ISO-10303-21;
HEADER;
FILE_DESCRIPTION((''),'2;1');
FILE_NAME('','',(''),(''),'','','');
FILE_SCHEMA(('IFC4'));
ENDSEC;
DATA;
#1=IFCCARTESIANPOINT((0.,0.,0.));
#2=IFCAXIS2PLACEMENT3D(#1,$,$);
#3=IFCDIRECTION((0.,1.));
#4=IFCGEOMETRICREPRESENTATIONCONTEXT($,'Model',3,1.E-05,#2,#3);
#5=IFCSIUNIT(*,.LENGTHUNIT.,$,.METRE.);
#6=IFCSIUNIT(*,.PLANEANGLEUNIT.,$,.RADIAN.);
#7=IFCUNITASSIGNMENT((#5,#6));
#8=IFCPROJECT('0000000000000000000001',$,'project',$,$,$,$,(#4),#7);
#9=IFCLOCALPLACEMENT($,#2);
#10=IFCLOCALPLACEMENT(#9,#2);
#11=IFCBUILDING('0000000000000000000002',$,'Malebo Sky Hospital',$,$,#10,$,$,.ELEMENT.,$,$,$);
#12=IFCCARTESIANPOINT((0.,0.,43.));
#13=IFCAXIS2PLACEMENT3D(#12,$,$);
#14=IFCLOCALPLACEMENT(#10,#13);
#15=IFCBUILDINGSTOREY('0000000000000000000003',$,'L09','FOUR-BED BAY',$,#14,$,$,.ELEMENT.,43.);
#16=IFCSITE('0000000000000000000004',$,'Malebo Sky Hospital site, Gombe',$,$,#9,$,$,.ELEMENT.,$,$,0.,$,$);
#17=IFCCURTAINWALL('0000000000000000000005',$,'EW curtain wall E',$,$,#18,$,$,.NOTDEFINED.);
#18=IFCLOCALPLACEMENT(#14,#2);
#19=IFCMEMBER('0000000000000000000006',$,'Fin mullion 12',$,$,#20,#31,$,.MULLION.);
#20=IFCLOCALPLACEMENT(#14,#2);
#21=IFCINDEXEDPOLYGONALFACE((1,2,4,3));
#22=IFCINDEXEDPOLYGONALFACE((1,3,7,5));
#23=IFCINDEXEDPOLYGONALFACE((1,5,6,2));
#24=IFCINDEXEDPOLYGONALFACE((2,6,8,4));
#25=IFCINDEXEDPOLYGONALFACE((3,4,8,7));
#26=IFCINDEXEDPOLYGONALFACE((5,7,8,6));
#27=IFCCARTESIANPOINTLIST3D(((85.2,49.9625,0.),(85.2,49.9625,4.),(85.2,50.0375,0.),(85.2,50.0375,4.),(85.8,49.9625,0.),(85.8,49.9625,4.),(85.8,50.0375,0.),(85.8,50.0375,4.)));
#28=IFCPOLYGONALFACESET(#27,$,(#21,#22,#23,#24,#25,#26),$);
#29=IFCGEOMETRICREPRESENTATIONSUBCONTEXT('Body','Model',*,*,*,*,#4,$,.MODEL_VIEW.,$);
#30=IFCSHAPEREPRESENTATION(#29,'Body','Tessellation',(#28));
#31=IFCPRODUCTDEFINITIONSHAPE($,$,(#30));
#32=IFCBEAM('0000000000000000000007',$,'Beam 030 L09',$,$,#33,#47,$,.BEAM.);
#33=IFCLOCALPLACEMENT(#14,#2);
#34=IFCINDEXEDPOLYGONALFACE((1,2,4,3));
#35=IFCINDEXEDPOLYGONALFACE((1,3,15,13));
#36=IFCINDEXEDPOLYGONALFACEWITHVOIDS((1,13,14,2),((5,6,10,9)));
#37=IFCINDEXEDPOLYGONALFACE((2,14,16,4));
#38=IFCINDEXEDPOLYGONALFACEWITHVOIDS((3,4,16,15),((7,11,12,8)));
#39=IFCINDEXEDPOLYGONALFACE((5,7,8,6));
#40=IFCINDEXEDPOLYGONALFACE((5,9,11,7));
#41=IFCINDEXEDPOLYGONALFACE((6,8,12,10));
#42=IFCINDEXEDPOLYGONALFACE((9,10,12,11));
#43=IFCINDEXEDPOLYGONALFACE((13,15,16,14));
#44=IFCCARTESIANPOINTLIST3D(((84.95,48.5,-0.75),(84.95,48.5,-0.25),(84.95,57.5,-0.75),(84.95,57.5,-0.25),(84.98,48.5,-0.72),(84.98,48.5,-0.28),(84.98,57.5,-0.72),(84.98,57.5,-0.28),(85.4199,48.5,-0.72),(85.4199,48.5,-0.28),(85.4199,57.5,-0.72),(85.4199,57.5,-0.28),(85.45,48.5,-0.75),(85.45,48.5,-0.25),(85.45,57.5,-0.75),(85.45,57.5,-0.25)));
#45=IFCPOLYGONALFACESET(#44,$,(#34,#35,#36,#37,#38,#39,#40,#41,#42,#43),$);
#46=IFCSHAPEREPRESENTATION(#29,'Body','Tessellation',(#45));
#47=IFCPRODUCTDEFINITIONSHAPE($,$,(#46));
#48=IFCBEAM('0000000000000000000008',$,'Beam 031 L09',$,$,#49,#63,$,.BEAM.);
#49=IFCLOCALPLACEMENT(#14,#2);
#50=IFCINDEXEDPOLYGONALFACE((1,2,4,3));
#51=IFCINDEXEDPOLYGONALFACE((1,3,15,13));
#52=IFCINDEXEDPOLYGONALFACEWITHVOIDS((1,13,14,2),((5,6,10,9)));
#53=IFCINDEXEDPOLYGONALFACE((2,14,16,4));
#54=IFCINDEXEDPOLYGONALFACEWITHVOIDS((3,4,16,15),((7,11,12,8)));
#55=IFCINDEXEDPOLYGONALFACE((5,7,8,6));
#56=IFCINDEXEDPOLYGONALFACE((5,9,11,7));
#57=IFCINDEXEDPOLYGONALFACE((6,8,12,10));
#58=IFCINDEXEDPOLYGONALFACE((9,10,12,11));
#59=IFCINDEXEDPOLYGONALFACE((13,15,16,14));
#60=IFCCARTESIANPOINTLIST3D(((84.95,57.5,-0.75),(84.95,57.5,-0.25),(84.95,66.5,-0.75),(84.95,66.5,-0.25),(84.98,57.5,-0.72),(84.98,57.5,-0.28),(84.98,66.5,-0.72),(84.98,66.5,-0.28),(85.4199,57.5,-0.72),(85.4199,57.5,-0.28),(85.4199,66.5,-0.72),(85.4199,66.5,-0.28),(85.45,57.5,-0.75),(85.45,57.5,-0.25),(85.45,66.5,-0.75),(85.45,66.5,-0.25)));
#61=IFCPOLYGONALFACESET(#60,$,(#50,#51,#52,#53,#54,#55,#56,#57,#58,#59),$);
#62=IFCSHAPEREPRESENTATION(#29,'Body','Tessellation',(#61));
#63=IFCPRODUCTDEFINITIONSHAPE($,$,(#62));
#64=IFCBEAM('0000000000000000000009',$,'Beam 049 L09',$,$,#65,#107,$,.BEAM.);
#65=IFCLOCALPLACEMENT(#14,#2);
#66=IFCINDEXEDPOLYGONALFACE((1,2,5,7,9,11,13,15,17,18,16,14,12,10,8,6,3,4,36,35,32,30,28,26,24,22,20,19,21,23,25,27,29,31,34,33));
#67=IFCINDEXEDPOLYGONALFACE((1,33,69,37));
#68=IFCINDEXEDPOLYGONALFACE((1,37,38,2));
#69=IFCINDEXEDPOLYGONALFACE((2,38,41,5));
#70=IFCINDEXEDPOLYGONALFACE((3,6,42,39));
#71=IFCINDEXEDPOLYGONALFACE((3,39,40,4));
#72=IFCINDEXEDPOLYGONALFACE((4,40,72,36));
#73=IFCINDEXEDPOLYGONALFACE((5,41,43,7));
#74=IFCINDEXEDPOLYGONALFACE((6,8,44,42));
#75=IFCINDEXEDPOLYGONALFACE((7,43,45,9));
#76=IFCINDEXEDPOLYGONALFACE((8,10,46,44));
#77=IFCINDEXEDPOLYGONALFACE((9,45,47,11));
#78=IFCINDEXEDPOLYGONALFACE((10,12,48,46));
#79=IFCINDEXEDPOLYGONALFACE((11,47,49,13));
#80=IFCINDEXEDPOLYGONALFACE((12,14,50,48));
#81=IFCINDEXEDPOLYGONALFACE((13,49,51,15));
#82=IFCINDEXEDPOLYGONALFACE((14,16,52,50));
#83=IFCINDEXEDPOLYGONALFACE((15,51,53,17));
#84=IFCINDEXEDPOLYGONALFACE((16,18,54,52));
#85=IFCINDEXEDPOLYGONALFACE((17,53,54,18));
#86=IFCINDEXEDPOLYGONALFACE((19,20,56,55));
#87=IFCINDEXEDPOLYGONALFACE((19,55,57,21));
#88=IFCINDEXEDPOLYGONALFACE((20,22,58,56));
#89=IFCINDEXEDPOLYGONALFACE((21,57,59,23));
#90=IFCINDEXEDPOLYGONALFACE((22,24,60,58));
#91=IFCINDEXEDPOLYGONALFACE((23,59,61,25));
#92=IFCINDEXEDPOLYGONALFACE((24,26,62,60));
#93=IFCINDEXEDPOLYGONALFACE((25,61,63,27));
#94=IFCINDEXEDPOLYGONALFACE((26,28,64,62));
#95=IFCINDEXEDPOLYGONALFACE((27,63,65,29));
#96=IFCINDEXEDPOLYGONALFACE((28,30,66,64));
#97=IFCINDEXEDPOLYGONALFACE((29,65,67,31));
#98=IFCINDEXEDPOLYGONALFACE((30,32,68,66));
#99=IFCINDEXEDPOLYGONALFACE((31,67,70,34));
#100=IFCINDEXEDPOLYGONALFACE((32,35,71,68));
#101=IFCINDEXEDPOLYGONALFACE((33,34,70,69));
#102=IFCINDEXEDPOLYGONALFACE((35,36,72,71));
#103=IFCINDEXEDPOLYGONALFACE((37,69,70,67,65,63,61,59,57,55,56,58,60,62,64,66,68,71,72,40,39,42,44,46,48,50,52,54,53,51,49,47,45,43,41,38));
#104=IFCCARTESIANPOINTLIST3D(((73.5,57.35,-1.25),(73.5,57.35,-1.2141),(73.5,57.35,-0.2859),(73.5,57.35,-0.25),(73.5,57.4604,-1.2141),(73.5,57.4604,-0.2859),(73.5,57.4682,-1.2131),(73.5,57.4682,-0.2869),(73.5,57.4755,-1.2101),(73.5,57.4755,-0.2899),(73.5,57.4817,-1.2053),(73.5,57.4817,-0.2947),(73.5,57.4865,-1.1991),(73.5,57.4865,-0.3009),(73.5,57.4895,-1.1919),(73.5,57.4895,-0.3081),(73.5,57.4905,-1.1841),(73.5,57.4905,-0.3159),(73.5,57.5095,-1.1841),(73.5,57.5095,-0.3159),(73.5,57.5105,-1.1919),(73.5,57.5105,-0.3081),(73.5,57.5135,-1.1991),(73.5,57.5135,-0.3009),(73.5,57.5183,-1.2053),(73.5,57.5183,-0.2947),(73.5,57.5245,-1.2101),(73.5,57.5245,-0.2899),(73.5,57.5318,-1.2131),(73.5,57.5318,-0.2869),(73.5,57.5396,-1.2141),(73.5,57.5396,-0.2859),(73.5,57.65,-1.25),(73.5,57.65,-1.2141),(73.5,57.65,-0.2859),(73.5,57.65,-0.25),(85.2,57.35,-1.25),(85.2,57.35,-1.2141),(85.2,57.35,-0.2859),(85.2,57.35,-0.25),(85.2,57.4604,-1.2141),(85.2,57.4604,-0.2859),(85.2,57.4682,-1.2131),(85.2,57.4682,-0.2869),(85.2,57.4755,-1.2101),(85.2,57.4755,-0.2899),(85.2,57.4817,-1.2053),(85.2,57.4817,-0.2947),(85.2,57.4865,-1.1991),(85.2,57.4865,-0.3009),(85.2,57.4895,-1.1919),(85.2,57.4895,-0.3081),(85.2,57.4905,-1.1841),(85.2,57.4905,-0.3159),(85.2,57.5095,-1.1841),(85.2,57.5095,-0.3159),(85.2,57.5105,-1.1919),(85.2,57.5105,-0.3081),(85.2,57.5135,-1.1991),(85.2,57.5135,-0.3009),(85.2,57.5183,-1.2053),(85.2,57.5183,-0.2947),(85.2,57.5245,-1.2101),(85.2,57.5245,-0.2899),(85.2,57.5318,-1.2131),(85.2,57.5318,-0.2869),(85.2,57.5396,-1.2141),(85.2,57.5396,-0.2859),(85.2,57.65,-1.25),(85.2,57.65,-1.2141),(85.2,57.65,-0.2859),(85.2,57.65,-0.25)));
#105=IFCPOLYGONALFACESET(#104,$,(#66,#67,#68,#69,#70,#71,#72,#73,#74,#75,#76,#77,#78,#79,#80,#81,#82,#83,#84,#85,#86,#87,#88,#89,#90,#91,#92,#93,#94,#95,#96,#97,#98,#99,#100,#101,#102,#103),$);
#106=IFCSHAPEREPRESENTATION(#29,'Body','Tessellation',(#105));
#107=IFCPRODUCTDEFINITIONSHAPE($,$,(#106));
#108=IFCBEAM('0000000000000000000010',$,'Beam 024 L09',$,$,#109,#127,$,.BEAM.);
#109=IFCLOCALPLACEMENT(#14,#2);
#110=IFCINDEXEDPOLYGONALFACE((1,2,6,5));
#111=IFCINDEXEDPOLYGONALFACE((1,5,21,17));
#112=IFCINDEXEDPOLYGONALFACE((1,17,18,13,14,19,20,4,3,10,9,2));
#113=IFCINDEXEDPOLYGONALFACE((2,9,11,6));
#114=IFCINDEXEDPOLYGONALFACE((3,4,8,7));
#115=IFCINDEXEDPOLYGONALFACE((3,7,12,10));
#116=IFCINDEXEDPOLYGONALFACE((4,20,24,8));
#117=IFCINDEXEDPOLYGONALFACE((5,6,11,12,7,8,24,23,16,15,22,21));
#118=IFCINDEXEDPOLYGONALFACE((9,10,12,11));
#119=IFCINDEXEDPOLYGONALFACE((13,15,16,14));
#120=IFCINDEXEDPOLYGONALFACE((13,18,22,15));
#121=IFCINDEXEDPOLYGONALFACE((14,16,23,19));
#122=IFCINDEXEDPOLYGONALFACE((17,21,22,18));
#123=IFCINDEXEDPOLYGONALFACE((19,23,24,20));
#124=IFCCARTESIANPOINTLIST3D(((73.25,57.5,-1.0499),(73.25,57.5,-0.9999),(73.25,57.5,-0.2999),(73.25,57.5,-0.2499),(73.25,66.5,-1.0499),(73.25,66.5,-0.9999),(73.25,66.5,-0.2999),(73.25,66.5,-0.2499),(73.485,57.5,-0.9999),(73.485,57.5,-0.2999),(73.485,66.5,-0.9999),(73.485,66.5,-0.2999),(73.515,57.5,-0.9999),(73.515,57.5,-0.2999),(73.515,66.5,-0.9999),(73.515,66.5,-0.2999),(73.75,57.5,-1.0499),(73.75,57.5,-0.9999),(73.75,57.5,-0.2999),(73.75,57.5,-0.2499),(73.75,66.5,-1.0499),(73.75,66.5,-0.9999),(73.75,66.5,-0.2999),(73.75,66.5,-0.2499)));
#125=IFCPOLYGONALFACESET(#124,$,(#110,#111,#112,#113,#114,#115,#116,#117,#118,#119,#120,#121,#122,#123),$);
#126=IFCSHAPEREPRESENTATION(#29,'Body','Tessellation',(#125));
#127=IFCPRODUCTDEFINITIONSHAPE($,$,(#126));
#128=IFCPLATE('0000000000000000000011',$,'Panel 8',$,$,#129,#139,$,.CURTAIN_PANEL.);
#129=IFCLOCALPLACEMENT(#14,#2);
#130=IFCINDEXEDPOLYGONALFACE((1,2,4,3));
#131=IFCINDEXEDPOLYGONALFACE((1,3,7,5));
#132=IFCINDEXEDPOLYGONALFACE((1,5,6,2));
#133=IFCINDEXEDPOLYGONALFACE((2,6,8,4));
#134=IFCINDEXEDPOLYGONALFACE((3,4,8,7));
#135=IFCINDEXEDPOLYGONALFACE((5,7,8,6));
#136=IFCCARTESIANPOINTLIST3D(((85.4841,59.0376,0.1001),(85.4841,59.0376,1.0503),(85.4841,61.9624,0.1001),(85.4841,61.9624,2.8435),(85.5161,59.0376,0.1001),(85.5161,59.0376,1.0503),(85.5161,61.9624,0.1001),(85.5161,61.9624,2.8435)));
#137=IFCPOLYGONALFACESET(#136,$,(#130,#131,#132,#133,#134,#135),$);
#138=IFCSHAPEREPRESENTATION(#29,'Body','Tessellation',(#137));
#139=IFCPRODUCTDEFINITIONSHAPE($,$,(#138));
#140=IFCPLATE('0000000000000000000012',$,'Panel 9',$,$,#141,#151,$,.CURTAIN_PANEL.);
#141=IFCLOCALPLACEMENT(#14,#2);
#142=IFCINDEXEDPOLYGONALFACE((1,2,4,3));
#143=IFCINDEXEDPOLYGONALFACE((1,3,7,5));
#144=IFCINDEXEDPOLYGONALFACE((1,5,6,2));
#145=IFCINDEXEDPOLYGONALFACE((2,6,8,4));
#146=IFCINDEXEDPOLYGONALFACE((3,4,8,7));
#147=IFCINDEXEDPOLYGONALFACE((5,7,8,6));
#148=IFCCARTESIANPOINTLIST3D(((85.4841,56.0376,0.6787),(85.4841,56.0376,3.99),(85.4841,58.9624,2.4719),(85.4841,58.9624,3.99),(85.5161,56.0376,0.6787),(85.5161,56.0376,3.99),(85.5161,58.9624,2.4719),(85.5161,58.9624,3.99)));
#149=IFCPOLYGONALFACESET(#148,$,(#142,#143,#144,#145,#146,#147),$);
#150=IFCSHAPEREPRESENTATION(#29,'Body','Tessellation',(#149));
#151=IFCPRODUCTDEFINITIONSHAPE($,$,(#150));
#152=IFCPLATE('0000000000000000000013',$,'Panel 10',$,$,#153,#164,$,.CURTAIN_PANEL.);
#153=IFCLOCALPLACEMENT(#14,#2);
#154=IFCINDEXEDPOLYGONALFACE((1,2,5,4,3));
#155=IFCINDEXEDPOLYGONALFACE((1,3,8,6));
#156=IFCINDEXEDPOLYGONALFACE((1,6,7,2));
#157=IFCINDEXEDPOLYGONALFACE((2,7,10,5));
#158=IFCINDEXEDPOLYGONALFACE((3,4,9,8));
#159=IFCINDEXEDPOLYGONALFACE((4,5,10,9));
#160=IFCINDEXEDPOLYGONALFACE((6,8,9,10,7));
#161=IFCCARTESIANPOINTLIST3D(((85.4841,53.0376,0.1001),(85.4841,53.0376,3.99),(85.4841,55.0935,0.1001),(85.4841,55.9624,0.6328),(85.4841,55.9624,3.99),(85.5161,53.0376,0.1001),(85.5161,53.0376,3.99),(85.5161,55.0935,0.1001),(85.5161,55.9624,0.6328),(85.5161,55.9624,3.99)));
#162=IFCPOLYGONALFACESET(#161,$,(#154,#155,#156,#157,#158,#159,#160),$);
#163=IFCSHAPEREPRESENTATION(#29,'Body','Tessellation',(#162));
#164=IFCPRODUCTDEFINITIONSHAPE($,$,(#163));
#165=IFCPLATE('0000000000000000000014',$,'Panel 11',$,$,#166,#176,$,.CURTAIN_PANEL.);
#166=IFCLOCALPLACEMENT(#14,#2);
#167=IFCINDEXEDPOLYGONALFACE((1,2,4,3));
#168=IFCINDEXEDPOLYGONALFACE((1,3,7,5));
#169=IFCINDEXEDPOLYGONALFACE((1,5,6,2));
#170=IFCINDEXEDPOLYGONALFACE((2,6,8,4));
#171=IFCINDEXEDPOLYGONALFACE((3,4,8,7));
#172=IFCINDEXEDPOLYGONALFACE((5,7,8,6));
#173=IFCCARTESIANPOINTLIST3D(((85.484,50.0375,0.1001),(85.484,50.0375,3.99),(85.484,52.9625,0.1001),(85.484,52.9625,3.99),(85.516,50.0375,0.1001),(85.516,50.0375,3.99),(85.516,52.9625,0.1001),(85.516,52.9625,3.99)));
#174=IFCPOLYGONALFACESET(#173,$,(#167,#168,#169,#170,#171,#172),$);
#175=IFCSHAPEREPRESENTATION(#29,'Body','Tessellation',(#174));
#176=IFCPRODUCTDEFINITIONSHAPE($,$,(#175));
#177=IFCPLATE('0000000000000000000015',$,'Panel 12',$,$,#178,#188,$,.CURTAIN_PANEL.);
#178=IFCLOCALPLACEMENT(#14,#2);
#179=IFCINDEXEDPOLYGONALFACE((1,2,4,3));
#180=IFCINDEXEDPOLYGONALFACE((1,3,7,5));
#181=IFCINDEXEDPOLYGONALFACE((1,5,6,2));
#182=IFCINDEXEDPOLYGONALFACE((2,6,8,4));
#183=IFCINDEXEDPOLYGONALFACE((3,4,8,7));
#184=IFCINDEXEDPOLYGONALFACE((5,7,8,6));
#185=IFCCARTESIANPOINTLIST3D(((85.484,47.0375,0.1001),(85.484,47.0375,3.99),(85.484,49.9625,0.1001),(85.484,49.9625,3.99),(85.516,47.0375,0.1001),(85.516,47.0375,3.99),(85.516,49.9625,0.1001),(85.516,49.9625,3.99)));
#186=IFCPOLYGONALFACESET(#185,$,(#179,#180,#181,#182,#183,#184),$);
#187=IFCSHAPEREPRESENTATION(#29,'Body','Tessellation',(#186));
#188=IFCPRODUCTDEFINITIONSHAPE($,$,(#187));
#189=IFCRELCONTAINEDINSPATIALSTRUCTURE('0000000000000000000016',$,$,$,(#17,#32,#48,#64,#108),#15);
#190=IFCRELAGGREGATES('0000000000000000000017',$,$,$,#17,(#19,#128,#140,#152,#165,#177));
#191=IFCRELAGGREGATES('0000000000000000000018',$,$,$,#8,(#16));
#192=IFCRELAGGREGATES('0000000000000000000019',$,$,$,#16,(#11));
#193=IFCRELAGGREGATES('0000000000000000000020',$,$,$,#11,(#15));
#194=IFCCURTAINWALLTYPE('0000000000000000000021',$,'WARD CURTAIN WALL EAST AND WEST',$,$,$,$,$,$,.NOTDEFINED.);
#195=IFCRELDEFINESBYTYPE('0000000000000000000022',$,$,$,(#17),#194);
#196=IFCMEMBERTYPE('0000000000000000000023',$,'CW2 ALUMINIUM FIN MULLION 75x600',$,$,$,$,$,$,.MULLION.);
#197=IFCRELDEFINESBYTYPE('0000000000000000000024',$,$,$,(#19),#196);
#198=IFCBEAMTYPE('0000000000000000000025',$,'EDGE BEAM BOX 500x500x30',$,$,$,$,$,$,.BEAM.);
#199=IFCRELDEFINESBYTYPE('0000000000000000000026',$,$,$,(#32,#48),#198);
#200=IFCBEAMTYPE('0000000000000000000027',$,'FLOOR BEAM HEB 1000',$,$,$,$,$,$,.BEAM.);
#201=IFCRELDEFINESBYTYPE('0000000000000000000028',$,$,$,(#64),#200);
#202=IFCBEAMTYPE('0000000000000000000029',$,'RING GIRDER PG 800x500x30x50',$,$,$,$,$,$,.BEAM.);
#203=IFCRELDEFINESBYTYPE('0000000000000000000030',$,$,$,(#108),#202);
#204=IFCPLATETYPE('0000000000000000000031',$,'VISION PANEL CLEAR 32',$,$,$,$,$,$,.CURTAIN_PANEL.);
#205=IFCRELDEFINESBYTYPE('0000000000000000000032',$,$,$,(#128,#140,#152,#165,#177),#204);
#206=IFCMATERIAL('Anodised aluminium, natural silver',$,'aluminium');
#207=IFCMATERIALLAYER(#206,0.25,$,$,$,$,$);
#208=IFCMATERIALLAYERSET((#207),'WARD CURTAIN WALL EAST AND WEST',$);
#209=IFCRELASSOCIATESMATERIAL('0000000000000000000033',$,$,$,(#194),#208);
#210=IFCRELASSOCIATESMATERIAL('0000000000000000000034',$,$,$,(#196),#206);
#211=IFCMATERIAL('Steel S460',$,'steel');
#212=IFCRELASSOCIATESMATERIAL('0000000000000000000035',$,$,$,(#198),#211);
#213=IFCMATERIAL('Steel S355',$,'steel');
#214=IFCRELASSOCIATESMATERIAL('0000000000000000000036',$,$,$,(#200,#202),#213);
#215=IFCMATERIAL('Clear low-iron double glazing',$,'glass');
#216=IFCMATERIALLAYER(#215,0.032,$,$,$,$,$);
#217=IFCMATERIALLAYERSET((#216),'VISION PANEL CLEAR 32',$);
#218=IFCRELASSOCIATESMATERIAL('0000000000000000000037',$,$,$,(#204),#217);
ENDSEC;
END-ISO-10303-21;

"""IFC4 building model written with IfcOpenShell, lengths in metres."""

from ifc_helpers import new_model, si_unit, direction, frame, origin, origin_2d, place, context, subcontext, project, spatial, polyline, rectangle, hollow_rectangle, i_section, outline, extrude, material, layer, layer_set, material_profile, profile_set, type_object, element, aggregate, save


model = new_model("IFC4")

# Units and contexts
model_context = context("Model", 3, precision=1e-05, world=origin(), true_north=direction((0.0, 1.0)))
body_context = subcontext(model_context, "Body", "Model", "MODEL_VIEW")
ifc_project = project(units=[si_unit("LENGTHUNIT", "METRE"), si_unit("PLANEANGLEUNIT", "RADIAN")], contexts=[model_context])

# Site, building, storey
site_placement = place(None, origin())
site = spatial("IfcSite", under=ifc_project, at=site_placement, Name="Malebo Sky Hospital site, Gombe", CompositionType="ELEMENT", RefElevation=0.0)
building_placement = place(site_placement, origin())
building = spatial("IfcBuilding", under=site, at=building_placement, Name="Malebo Sky Hospital", CompositionType="ELEMENT")
storey_placement = place(building_placement, frame((0.0, 0.0, 43.0)))
storey = spatial("IfcBuildingStorey", under=building, at=storey_placement, Name="L09", Description="FOUR-BED BAY", CompositionType="ELEMENT", Elevation=43.0)

# Shared definitions
ifc_material_1 = material(Name="Steel S460", Category="steel")

# Curtain wall
ifc_material_2 = material(Name="Anodised aluminium, natural silver", Category="aluminium")
ifc_layer_1 = layer(ifc_material_2, 0.25)
ifc_layer_set_1 = layer_set([ifc_layer_1], Name="WARD CURTAIN WALL EAST AND WEST")
curtain_wall_type = type_object("IfcCurtainWallType", Name="WARD CURTAIN WALL EAST AND WEST", PredefinedType="NOTDEFINED", material=ifc_layer_set_1)
curtain_wall_placement = place(storey_placement, origin())
curtain_wall = element("IfcCurtainWall", 1, at=curtain_wall_placement, inside=storey, type_object=curtain_wall_type, Name="EW curtain wall E", PredefinedType="NOTDEFINED")

# Member
ifc_material_3 = material(Name="Steel S355", Category="steel")
ifc_material_profile_1 = material_profile(ifc_material_2, rectangle(XDim=0.075, YDim=0.6001, at=origin_2d()), Name="CW2 ALUMINIUM FIN MULLION 75x600")
ifc_profile_set_1 = profile_set([ifc_material_profile_1], Name="Anodised aluminium, natural silver")
member_type_1 = type_object("IfcMemberType", Name="CW2 ALUMINIUM FIN MULLION 75x600", PredefinedType="MULLION", material=ifc_profile_set_1)
member_1_placement = place(storey_placement, frame((85.5, 50.0, 0.0), z_axis=(0.0, 0.0, 1.0), x_axis=(0.0, -1.0, 0.0)))
member_1 = element("IfcMember", 2, at=member_1_placement, type_object=member_type_1, Name="Fin mullion 12", PredefinedType="MULLION", context=body_context, shape_type="SweptSolid", body=[
    extrude(rectangle(XDim=0.075, YDim=0.6001, at=origin_2d()), origin(), (0.0, 0.0, 1.0), 4.0),
])

# Beams
ifc_material_profile_2 = material_profile(ifc_material_1, hollow_rectangle(XDim=0.5, YDim=0.5, WallThickness=0.03, at=origin_2d()), Name="BOX 500x500x30")
ifc_profile_set_2 = profile_set([ifc_material_profile_2], Name="Steel S460")
beam_type_1 = type_object("IfcBeamType", Name="EDGE BEAM BOX 500x500x30", PredefinedType="BEAM", material=ifc_profile_set_2)
for number, where, z_axis, x_axis, name in (
    (3, (85.2, 48.5, -0.5), (0.0, 1.0, 0.0), (-1.0, 0.0, 0.0), "Beam 030 L09"),
    (4, (85.2, 57.5, -0.5), (0.0, 1.0, 0.0), (-1.0, 0.0, 0.0), "Beam 031 L09"),
):
    element("IfcBeam", number, at=place(storey_placement, frame(where, z_axis=z_axis, x_axis=x_axis)), inside=storey, type_object=beam_type_1, Name=name, PredefinedType="BEAM", context=body_context, shape_type="SweptSolid", body=[
        extrude(hollow_rectangle(XDim=0.5, YDim=0.5, WallThickness=0.03, at=origin_2d()), origin(), (0.0, 0.0, 1.0), 9.0),
    ])
ifc_material_profile_3 = material_profile(ifc_material_3, i_section(OverallWidth=0.3, OverallDepth=1.0, WebThickness=0.019, FlangeThickness=0.0359, FilletRadius=0.03, at=origin_2d()), Name="HEB 1000")
ifc_profile_set_3 = profile_set([ifc_material_profile_3], Name="Steel S355")
beam_type_2 = type_object("IfcBeamType", Name="FLOOR BEAM HEB 1000", PredefinedType="BEAM", material=ifc_profile_set_3)
beam_1_placement = place(storey_placement, frame((73.5, 57.5, -0.75), z_axis=(1.0, 0.0, 0.0), x_axis=(0.0, 1.0, 0.0)))
element("IfcBeam", 5, at=beam_1_placement, inside=storey, type_object=beam_type_2, Name="Beam 049 L09", PredefinedType="BEAM", context=body_context, shape_type="SweptSolid", body=[
    extrude(i_section(OverallWidth=0.3, OverallDepth=1.0, WebThickness=0.019, FlangeThickness=0.0359, FilletRadius=0.03, at=origin_2d()), origin(), (0.0, 0.0, 1.0), 11.7),
])
ifc_material_profile_4 = material_profile(ifc_material_3, i_section(OverallWidth=0.5, OverallDepth=0.8, WebThickness=0.03, FlangeThickness=0.05, at=origin_2d()), Name="PG 800x500x30x50")
ifc_profile_set_4 = profile_set([ifc_material_profile_4], Name="Steel S355")
beam_type_3 = type_object("IfcBeamType", Name="RING GIRDER PG 800x500x30x50", PredefinedType="BEAM", material=ifc_profile_set_4)
beam_2_placement = place(storey_placement, frame((73.5, 57.5, -0.6499), z_axis=(0.0, 1.0, 0.0), x_axis=(-1.0, 0.0, 0.0)))
element("IfcBeam", 6, at=beam_2_placement, inside=storey, type_object=beam_type_3, Name="Beam 024 L09", PredefinedType="BEAM", context=body_context, shape_type="SweptSolid", body=[
    extrude(i_section(OverallWidth=0.5, OverallDepth=0.8, WebThickness=0.03, FlangeThickness=0.05, at=origin_2d()), origin(), (0.0, 0.0, 1.0), 9.0),
])

# Plates
ifc_material_4 = material(Name="Clear low-iron double glazing", Category="glass")
ifc_layer_2 = layer(ifc_material_4, 0.032)
ifc_layer_set_2 = layer_set([ifc_layer_2], Name="VISION PANEL CLEAR 32")
plate_type = type_object("IfcPlateType", Name="VISION PANEL CLEAR 32", PredefinedType="CURTAIN_PANEL", material=ifc_layer_set_2)
plate_1_placement = place(storey_placement, frame((85.5, 60.5, 0.1001), z_axis=(0.0, 0.0, 1.0), x_axis=(0.0, -1.0, 0.0)))
plate_1 = element("IfcPlate", 7, at=plate_1_placement, type_object=plate_type, Name="Panel 8", PredefinedType="CURTAIN_PANEL", context=body_context, shape_type="SweptSolid", body=[
    extrude(outline(polyline([(-1.4624, 0.0), (1.4624, 0.0), (1.4624, 0.9502), (-1.4624, 2.7434), (-1.4624, 0.0)])), frame((0.0, 0.0161, 0.0), z_axis=(0.0, -1.0, 0.0), x_axis=(1.0, 0.0, 0.0)), (0.0, 0.0, 1.0), 0.032),
])
plate_2_placement = place(storey_placement, frame((85.5, 57.5, 0.6787), z_axis=(0.0, 0.0, 1.0), x_axis=(0.0, -1.0, 0.0)))
plate_2 = element("IfcPlate", 8, at=plate_2_placement, type_object=plate_type, Name="Panel 9", PredefinedType="CURTAIN_PANEL", context=body_context, shape_type="SweptSolid", body=[
    extrude(outline(polyline([(1.4624, 0.0), (1.4624, 3.3113), (-1.4624, 3.3113), (-1.4624, 1.7932), (1.4624, 0.0)])), frame((0.0, 0.0161, 0.0), z_axis=(0.0, -1.0, 0.0), x_axis=(1.0, 0.0, 0.0)), (0.0, 0.0, 1.0), 0.032),
])
plate_3_placement = place(storey_placement, frame((85.5, 54.5, 0.1001), z_axis=(0.0, 0.0, 1.0), x_axis=(0.0, -1.0, 0.0)))
plate_3 = element("IfcPlate", 9, at=plate_3_placement, type_object=plate_type, Name="Panel 10", PredefinedType="CURTAIN_PANEL", context=body_context, shape_type="SweptSolid", body=[
    extrude(outline(polyline([(-0.5935, 0.0), (1.4624, 0.0), (1.4624, 3.8899), (-1.4624, 3.8899), (-1.4624, 0.5327), (-0.5935, 0.0)])), frame((0.0, 0.0161, 0.0), z_axis=(0.0, -1.0, 0.0), x_axis=(1.0, 0.0, 0.0)), (0.0, 0.0, 1.0), 0.032),
])
plate_4_placement = place(storey_placement, frame((85.5, 51.5, 0.1001), z_axis=(0.0, 0.0, 1.0), x_axis=(0.0, -1.0, 0.0)))
plate_4 = element("IfcPlate", 10, at=plate_4_placement, type_object=plate_type, Name="Panel 11", PredefinedType="CURTAIN_PANEL", context=body_context, shape_type="SweptSolid", body=[
    extrude(rectangle(XDim=2.925, YDim=0.032, at=origin_2d()), origin(), (0.0, 0.0, 1.0), 3.8899),
])
plate_5_placement = place(storey_placement, frame((85.5, 48.5, 0.1001), z_axis=(0.0, 0.0, 1.0), x_axis=(0.0, -1.0, 0.0)))
plate_5 = element("IfcPlate", 11, at=plate_5_placement, type_object=plate_type, Name="Panel 12", PredefinedType="CURTAIN_PANEL", context=body_context, shape_type="SweptSolid", body=[
    extrude(rectangle(XDim=2.925, YDim=0.032, at=origin_2d()), origin(), (0.0, 0.0, 1.0), 3.8899),
])
aggregate(curtain_wall, [member_1, plate_1, plate_2, plate_3, plate_4, plate_5])

save(model, "model.ifc")
